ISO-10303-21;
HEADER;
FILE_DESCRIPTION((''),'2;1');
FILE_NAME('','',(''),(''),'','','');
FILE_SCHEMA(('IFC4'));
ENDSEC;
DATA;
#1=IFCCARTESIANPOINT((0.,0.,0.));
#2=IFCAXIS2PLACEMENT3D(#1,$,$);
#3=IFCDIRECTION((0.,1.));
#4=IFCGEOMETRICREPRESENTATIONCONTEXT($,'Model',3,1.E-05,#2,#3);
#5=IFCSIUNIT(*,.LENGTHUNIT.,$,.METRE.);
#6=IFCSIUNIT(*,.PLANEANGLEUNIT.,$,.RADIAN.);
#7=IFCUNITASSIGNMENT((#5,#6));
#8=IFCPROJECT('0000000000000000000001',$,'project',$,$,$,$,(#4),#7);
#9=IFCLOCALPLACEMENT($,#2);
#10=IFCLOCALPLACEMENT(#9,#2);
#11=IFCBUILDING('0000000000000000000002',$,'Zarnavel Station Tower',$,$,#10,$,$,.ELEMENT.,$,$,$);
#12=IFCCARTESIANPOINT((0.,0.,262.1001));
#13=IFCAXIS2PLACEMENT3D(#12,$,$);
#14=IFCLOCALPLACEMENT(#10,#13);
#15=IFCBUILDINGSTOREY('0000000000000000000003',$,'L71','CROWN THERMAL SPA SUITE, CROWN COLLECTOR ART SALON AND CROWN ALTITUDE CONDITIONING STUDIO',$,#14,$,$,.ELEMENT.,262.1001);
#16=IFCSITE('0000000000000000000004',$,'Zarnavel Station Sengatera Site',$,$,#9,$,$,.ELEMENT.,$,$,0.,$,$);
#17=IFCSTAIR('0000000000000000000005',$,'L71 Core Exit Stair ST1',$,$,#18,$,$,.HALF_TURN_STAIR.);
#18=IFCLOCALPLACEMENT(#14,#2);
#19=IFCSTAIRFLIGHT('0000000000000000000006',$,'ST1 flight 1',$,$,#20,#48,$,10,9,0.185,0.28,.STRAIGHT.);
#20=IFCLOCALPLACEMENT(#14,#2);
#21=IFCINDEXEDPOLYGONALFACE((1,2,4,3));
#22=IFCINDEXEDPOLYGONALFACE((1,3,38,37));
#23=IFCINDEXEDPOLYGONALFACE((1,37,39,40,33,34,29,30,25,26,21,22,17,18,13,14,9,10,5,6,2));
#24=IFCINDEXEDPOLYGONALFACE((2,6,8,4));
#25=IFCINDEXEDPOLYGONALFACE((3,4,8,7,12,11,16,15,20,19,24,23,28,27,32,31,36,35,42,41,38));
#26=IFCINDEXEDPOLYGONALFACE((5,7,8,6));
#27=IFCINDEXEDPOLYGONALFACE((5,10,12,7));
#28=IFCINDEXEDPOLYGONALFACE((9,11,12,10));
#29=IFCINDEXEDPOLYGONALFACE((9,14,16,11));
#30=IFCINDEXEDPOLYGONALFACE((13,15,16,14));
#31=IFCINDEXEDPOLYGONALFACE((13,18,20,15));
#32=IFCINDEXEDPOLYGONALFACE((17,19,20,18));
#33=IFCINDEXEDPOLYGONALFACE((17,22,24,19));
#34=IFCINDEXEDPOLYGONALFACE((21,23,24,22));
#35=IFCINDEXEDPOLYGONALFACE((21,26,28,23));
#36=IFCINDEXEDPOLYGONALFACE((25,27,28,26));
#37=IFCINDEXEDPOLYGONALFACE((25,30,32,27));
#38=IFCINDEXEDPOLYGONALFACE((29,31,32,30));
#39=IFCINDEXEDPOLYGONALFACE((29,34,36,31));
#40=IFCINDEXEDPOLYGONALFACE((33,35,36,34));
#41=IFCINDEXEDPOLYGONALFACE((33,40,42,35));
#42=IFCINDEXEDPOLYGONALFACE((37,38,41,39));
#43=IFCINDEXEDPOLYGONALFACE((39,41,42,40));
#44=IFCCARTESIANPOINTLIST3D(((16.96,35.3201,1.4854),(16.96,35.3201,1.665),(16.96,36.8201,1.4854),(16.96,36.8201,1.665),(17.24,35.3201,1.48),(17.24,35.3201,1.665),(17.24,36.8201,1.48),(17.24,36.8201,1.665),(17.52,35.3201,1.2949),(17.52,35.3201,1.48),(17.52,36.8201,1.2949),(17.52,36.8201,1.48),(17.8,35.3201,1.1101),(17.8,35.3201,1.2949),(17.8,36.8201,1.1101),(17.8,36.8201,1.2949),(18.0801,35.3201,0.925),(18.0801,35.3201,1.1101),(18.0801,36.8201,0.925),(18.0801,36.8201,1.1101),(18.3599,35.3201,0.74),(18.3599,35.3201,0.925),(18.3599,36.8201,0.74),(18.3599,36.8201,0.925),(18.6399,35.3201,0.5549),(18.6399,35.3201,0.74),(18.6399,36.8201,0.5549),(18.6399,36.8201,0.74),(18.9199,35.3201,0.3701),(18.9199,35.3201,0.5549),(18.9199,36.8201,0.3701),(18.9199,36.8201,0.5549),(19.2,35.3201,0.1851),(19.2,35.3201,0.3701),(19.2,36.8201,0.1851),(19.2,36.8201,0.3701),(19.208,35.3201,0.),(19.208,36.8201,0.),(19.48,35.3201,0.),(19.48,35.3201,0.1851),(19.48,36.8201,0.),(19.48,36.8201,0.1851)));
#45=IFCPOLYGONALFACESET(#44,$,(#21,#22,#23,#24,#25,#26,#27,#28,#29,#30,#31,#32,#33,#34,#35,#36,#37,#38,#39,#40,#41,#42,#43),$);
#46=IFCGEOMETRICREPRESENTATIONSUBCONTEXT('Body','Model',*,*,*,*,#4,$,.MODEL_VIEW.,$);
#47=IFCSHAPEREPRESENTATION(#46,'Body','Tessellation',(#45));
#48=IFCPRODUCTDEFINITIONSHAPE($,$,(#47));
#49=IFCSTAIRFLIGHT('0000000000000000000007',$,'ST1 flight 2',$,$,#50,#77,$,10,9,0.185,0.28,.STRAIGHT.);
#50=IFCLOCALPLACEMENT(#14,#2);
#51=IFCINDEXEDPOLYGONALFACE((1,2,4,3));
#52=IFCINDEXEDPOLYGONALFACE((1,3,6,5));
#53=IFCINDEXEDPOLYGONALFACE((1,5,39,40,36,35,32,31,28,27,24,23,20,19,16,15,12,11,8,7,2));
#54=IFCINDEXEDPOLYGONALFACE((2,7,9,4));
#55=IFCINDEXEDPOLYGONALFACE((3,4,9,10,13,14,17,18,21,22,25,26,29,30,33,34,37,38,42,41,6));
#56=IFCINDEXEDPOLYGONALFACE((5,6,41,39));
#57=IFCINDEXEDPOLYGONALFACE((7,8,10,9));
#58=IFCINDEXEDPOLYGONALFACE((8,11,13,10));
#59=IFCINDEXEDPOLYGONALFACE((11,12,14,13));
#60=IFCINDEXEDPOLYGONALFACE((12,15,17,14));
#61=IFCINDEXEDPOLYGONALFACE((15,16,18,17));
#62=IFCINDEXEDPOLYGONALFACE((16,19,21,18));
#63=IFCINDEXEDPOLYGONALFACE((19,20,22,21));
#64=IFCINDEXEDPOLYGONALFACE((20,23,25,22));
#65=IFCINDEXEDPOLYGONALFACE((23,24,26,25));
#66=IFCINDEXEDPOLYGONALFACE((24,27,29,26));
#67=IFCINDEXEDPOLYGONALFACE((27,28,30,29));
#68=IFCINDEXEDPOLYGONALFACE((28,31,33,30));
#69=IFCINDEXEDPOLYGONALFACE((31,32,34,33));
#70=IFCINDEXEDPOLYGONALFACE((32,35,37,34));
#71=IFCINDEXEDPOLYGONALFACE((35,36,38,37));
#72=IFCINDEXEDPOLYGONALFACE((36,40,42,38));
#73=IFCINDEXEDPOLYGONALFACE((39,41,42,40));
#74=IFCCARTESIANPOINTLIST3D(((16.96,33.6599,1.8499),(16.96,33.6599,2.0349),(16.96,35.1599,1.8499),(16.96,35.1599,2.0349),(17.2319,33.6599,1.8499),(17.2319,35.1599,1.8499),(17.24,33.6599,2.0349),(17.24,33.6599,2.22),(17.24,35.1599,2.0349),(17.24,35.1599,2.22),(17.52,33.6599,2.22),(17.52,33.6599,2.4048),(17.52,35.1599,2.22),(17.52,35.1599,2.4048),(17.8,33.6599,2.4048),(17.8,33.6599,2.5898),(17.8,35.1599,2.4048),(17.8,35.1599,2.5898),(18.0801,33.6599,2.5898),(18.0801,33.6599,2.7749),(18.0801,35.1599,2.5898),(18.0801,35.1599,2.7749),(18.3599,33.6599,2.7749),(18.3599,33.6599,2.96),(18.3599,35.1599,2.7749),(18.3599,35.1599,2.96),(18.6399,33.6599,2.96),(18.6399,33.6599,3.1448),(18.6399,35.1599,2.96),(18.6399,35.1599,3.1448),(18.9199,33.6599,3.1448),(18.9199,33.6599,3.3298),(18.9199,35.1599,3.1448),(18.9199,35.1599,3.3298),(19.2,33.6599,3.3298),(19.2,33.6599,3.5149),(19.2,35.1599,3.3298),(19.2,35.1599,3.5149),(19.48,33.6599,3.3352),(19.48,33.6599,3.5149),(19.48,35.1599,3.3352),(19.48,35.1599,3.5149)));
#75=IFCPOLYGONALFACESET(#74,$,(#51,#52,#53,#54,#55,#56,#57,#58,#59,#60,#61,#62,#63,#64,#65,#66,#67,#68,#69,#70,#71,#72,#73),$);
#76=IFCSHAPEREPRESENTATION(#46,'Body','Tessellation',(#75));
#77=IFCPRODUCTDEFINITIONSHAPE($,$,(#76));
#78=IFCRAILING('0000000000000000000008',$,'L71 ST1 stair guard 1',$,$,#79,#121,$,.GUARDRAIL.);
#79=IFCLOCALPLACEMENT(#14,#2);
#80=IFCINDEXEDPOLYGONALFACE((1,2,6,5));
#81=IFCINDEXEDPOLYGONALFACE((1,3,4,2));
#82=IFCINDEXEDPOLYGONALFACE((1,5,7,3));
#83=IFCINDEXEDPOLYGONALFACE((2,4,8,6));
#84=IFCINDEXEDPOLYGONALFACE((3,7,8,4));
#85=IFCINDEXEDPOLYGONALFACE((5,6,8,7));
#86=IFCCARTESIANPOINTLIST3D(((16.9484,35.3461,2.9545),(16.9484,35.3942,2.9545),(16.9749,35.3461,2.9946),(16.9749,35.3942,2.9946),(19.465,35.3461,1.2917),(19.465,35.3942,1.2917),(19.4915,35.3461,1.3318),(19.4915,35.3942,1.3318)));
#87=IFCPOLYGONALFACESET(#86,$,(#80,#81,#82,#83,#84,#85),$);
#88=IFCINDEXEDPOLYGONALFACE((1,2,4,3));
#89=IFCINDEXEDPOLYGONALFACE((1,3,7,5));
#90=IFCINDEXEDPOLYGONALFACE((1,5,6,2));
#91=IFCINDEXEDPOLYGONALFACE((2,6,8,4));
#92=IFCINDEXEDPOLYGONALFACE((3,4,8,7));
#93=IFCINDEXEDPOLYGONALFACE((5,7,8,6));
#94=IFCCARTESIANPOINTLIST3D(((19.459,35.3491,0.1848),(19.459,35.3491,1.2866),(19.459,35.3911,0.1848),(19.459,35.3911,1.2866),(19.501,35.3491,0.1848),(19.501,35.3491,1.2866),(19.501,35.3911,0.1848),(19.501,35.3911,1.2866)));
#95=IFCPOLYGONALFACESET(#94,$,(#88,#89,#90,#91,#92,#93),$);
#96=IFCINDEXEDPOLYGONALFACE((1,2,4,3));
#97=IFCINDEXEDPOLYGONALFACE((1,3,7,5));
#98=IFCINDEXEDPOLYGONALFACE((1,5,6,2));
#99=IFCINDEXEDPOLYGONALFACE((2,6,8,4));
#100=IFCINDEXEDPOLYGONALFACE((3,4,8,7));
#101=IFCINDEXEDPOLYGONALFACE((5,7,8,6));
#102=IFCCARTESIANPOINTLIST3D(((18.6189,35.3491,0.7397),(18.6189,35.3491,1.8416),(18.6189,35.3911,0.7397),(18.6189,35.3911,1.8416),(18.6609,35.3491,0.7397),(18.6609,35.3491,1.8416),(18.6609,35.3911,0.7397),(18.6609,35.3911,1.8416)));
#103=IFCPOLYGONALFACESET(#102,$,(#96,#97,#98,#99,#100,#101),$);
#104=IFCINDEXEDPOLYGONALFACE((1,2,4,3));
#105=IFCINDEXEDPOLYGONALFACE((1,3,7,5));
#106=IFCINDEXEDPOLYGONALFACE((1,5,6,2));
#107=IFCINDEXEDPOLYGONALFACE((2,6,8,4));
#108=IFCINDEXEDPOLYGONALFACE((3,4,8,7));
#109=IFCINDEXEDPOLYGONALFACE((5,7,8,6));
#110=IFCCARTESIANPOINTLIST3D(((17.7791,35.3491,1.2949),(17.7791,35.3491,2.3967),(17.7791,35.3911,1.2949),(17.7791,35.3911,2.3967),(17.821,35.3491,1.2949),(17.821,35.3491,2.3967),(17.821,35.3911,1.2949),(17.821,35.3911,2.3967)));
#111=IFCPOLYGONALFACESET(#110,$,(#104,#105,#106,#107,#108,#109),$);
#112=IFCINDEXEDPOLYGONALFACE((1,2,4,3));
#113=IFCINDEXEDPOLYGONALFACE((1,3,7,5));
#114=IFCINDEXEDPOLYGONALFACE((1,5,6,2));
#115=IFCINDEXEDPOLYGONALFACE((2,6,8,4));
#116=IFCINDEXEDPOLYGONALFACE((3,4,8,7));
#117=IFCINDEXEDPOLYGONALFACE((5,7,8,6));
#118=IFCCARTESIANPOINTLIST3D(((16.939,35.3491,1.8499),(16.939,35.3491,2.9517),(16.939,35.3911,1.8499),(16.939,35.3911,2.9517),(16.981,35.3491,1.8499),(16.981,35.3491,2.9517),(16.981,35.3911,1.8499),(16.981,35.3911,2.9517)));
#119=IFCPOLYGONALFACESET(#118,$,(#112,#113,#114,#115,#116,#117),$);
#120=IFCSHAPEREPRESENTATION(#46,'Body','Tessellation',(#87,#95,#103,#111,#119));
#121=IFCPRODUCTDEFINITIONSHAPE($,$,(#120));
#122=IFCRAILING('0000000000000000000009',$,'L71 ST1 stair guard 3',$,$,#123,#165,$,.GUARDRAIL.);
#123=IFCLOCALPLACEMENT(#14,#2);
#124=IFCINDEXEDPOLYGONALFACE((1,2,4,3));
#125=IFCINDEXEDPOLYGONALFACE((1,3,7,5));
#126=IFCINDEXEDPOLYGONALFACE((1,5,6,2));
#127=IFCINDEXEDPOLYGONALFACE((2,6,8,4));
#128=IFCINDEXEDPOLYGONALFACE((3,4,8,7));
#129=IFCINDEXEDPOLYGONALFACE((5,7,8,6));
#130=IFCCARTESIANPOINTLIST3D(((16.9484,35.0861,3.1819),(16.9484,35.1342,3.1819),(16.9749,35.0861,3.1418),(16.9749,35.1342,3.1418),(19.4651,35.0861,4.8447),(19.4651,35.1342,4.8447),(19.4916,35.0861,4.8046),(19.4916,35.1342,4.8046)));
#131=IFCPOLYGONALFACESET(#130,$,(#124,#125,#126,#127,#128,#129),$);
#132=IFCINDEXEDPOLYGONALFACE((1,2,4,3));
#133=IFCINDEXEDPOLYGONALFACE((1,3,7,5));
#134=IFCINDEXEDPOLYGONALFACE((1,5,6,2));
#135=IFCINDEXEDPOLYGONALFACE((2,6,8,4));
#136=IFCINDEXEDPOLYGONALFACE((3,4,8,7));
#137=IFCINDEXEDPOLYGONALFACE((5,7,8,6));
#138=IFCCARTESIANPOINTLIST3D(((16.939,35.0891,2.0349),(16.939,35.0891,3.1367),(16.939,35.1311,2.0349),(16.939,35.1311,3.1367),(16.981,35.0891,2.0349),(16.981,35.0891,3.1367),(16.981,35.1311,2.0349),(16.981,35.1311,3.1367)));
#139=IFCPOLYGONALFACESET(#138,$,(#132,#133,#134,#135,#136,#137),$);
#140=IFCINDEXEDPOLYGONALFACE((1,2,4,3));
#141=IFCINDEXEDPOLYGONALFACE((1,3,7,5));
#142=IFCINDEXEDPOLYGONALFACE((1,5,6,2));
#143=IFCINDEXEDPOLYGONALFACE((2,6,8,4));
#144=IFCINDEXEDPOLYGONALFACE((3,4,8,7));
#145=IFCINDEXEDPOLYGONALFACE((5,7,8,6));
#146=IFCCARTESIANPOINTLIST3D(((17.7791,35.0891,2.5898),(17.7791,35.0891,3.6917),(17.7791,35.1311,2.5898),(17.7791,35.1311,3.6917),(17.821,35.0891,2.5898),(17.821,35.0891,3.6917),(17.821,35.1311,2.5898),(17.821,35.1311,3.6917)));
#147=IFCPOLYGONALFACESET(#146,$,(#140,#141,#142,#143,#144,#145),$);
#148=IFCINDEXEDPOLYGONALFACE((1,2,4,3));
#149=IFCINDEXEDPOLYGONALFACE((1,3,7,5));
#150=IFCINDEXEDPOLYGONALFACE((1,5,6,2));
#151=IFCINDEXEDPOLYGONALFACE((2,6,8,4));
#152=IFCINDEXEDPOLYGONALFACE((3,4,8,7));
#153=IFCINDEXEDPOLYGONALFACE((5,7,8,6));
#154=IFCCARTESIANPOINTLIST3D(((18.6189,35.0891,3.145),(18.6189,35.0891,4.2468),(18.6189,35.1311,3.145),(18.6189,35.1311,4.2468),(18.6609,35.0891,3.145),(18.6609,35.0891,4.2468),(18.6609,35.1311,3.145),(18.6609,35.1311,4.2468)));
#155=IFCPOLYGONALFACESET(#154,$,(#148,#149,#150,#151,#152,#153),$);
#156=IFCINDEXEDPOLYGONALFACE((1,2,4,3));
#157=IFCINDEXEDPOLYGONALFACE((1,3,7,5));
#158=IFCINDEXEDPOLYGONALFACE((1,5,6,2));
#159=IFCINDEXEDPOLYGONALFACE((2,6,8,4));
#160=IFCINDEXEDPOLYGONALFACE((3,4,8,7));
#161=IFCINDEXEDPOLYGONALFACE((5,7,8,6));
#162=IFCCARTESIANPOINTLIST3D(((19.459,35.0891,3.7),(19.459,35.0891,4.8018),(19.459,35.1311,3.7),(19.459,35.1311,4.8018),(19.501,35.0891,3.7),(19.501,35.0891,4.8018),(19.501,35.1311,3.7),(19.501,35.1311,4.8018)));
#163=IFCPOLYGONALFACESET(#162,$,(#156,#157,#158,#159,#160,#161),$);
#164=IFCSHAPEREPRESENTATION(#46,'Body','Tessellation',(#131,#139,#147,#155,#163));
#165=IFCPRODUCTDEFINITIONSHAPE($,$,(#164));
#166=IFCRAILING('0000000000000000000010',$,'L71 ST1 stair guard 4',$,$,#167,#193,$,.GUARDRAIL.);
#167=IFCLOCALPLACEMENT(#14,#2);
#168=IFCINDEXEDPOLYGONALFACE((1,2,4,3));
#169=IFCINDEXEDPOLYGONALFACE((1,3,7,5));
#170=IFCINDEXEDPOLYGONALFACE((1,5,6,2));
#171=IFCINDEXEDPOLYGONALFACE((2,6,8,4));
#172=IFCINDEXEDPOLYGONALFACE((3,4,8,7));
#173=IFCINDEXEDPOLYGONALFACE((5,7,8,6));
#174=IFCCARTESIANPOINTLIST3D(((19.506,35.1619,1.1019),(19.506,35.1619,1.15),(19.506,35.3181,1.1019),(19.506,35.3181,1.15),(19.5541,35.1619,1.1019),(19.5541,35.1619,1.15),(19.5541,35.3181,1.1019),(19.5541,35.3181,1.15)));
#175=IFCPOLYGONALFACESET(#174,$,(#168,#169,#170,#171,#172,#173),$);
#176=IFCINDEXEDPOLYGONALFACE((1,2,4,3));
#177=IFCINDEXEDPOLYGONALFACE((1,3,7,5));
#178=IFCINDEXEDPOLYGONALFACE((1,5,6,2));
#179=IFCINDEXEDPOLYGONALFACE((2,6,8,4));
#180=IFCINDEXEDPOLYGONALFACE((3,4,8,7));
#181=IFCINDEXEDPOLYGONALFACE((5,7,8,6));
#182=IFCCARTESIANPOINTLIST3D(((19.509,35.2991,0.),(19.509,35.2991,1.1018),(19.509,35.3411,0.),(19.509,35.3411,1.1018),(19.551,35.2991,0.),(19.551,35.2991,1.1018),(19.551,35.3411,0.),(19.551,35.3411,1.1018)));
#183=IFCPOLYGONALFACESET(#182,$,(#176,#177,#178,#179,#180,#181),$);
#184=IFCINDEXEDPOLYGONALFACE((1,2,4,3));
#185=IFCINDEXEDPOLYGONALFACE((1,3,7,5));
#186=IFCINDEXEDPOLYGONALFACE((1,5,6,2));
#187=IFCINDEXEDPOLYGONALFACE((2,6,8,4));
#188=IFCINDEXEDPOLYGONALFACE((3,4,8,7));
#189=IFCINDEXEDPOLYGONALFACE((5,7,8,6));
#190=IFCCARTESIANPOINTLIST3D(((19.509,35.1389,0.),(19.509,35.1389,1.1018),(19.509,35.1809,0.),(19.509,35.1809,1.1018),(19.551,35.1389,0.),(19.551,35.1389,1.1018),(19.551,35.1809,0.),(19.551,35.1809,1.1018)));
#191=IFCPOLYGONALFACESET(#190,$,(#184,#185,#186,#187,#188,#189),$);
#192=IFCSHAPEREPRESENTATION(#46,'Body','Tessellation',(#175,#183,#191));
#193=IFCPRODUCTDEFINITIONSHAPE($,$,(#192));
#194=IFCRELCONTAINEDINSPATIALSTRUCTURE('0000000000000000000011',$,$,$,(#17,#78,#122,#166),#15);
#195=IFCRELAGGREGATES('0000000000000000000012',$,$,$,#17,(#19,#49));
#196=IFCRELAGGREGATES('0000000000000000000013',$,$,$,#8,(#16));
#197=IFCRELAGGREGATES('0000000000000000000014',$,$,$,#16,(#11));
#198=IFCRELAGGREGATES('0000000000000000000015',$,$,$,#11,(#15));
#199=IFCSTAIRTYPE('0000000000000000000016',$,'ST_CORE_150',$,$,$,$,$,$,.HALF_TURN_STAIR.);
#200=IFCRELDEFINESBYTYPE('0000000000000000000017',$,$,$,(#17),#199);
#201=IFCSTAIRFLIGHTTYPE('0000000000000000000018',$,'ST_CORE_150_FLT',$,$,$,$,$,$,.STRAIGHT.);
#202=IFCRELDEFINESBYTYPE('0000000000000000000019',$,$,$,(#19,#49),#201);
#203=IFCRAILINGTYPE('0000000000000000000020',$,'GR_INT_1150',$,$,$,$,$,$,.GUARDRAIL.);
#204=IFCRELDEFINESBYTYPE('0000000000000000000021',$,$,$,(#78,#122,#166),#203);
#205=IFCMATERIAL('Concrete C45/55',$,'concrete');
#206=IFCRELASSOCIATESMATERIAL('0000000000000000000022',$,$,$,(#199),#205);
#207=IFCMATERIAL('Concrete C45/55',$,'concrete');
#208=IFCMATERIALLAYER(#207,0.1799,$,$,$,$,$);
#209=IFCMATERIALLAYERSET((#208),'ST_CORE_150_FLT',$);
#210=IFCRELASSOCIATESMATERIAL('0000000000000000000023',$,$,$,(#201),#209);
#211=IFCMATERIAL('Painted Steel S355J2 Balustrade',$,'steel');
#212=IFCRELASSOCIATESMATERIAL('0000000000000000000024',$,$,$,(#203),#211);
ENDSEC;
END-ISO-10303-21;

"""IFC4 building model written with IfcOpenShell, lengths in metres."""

from ifc_helpers import new_model, si_unit, direction, frame, origin, origin_2d, place, context, subcontext, project, spatial, polyline, rectangle, outline, extrude, material, layer, layer_set, type_object, element, aggregate, save


model = new_model("IFC4")

# Units and contexts
model_context = context("Model", 3, precision=1e-05, world=origin(), true_north=direction((0.0, 1.0)))
body_context = subcontext(model_context, "Body", "Model", "MODEL_VIEW")
ifc_project = project(units=[si_unit("LENGTHUNIT", "METRE"), si_unit("PLANEANGLEUNIT", "RADIAN")], contexts=[model_context])

# Site, building, storey
site_placement = place(None, origin())
site = spatial("IfcSite", under=ifc_project, at=site_placement, Name="Zarnavel Station Sengatera Site", CompositionType="ELEMENT", RefElevation=0.0)
building_placement = place(site_placement, origin())
building = spatial("IfcBuilding", under=site, at=building_placement, Name="Zarnavel Station Tower", CompositionType="ELEMENT")
storey_placement = place(building_placement, frame((0.0, 0.0, 262.1001)))
storey = spatial("IfcBuildingStorey", under=building, at=storey_placement, Name="L71", Description="CROWN THERMAL SPA SUITE, CROWN COLLECTOR ART SALON AND CROWN ALTITUDE CONDITIONING STUDIO", CompositionType="ELEMENT", Elevation=262.1001)

# Stair, stair flights
ifc_material_1 = material(Name="Concrete C45/55", Category="concrete")
stair_type = type_object("IfcStairType", Name="ST_CORE_150", PredefinedType="HALF_TURN_STAIR", material=ifc_material_1)
stair_placement = place(storey_placement, origin())
stair = element("IfcStair", 1, at=stair_placement, inside=storey, type_object=stair_type, Name="L71 Core Exit Stair ST1", PredefinedType="HALF_TURN_STAIR")
ifc_material_2 = material(Name="Concrete C45/55", Category="concrete")
ifc_layer_1 = layer(ifc_material_2, 0.1799)
ifc_layer_set_1 = layer_set([ifc_layer_1], Name="ST_CORE_150_FLT")
stair_flight_type = type_object("IfcStairFlightType", Name="ST_CORE_150_FLT", PredefinedType="STRAIGHT", material=ifc_layer_set_1)
stair_flight_1_placement = place(storey_placement, frame((19.48, 36.0701, 0.0), z_axis=(0.0, 0.0, 1.0), x_axis=(-1.0, 0.0, 0.0)))
stair_flight_1 = element("IfcStairFlight", 2, at=stair_flight_1_placement, type_object=stair_flight_type, Name="ST1 flight 1", NumberOfRisers=10, NumberOfTreads=9, PredefinedType="STRAIGHT", RiserHeight=0.185, TreadLength=0.28, context=body_context, shape_type="SweptSolid", body=[
    extrude(outline(polyline([(0.0, 0.0), (0.0, 0.1851), (0.28, 0.1851), (0.28, 0.3701), (0.5601, 0.3701), (0.5601, 0.5549), (0.8401, 0.5549), (0.8401, 0.74), (1.1201, 0.74), (1.1201, 0.925), (1.3999, 0.925), (1.3999, 1.1101), (1.6799, 1.1101), (1.6799, 1.2949), (1.96, 1.2949), (1.96, 1.48), (2.24, 1.48), (2.24, 1.665), (2.52, 1.665), (2.52, 1.8501), (2.52, 1.4854), (0.272, 0.0), (0.0, 0.0)])), frame((0.0, 0.75, 0.0), z_axis=(0.0, -1.0, 0.0), x_axis=(1.0, 0.0, 0.0)), (0.0, 0.0, 1.0), 1.5),
])
stair_flight_2_placement = place(storey_placement, frame((16.96, 34.4099, 1.8499), z_axis=(0.0, 0.0, 1.0), x_axis=(1.0, 0.0, 0.0)))
stair_flight_2 = element("IfcStairFlight", 3, at=stair_flight_2_placement, type_object=stair_flight_type, Name="ST1 flight 2", NumberOfRisers=10, NumberOfTreads=9, PredefinedType="STRAIGHT", RiserHeight=0.185, TreadLength=0.28, context=body_context, shape_type="SweptSolid", body=[
    extrude(outline(polyline([(0.0, 0.0), (0.0, 0.1851), (0.28, 0.1851), (0.28, 0.3701), (0.5601, 0.3701), (0.5601, 0.5549), (0.8401, 0.5549), (0.8401, 0.74), (1.1201, 0.74), (1.1201, 0.925), (1.3999, 0.925), (1.3999, 1.1101), (1.6799, 1.1101), (1.6799, 1.2949), (1.96, 1.2949), (1.96, 1.48), (2.24, 1.48), (2.24, 1.665), (2.52, 1.665), (2.52, 1.8501), (2.52, 1.4854), (0.272, 0.0), (0.0, 0.0)])), frame((0.0, 0.75, 0.0), z_axis=(0.0, -1.0, 0.0), x_axis=(1.0, 0.0, 0.0)), (0.0, 0.0, 1.0), 1.5),
])
aggregate(stair, [stair_flight_1, stair_flight_2])

# Railings
ifc_material_3 = material(Name="Painted Steel S355J2 Balustrade", Category="steel")
railing_type_1 = type_object("IfcRailingType", Name="GR_INT_1150", PredefinedType="GUARDRAIL", material=ifc_material_3)
railing_1_placement = place(storey_placement, frame((19.48, 35.3701, 0.1848)))
element("IfcRailing", 4, at=railing_1_placement, inside=storey, type_object=railing_type_1, Name="L71 ST1 stair guard 1", PredefinedType="GUARDRAIL", context=body_context, shape_type="SweptSolid", body=[
    extrude(rectangle(XDim=0.0481, YDim=0.0481, at=origin_2d()), frame((-0.0017, 0.0, 1.127), z_axis=(-0.834331, 0.0, 0.551263), x_axis=(0.0, -1.0, 0.0)), (0.0, 0.0, 1.0), 3.0164),
    extrude(rectangle(XDim=0.042, YDim=0.042, at=origin_2d()), origin(), (0.0, 0.0, 1.0), 1.1018),
    extrude(rectangle(XDim=0.042, YDim=0.042, at=origin_2d()), frame((-0.8401, 0.0, 0.5549)), (0.0, 0.0, 1.0), 1.1018),
    extrude(rectangle(XDim=0.042, YDim=0.042, at=origin_2d()), frame((-1.6799, 0.0, 1.1101)), (0.0, 0.0, 1.0), 1.1018),
    extrude(rectangle(XDim=0.042, YDim=0.042, at=origin_2d()), frame((-2.52, 0.0, 1.665)), (0.0, 0.0, 1.0), 1.1018),
])
railing_2_placement = place(storey_placement, frame((16.96, 35.1101, 2.0349)))
element("IfcRailing", 5, at=railing_2_placement, inside=storey, type_object=railing_type_1, Name="L71 ST1 stair guard 3", PredefinedType="GUARDRAIL", context=body_context, shape_type="SweptSolid", body=[
    extrude(rectangle(XDim=0.0481, YDim=0.0481, at=origin_2d()), frame((0.0017, 0.0, 1.127), z_axis=(0.834331, 0.0, 0.551263), x_axis=(0.0, 1.0, 0.0)), (0.0, 0.0, 1.0), 3.0164),
    extrude(rectangle(XDim=0.042, YDim=0.042, at=origin_2d()), origin(), (0.0, 0.0, 1.0), 1.1018),
    extrude(rectangle(XDim=0.042, YDim=0.042, at=origin_2d()), frame((0.8401, 0.0, 0.5549)), (0.0, 0.0, 1.0), 1.1018),
    extrude(rectangle(XDim=0.042, YDim=0.042, at=origin_2d()), frame((1.6799, 0.0, 1.1101)), (0.0, 0.0, 1.0), 1.1018),
    extrude(rectangle(XDim=0.042, YDim=0.042, at=origin_2d()), frame((2.52, 0.0, 1.665)), (0.0, 0.0, 1.0), 1.1018),
])
railing_3_placement = place(storey_placement, frame((19.53, 35.3201, 0.0)))
element("IfcRailing", 6, at=railing_3_placement, inside=storey, type_object=railing_type_1, Name="L71 ST1 stair guard 4", PredefinedType="GUARDRAIL", context=body_context, shape_type="SweptSolid", body=[
    extrude(rectangle(XDim=0.0481, YDim=0.0481, at=origin_2d()), frame((0.0, -0.002, 1.126), z_axis=(0.0, -1.0, 0.0), x_axis=(1.0, 0.0, 0.0)), (0.0, 0.0, 1.0), 0.1562),
    extrude(rectangle(XDim=0.042, YDim=0.042, at=origin_2d()), origin(), (0.0, 0.0, 1.0), 1.1018),
    extrude(rectangle(XDim=0.042, YDim=0.042, at=origin_2d()), frame((0.0, -0.1602, 0.0)), (0.0, 0.0, 1.0), 1.1018),
])

save(model, "model.ifc")
